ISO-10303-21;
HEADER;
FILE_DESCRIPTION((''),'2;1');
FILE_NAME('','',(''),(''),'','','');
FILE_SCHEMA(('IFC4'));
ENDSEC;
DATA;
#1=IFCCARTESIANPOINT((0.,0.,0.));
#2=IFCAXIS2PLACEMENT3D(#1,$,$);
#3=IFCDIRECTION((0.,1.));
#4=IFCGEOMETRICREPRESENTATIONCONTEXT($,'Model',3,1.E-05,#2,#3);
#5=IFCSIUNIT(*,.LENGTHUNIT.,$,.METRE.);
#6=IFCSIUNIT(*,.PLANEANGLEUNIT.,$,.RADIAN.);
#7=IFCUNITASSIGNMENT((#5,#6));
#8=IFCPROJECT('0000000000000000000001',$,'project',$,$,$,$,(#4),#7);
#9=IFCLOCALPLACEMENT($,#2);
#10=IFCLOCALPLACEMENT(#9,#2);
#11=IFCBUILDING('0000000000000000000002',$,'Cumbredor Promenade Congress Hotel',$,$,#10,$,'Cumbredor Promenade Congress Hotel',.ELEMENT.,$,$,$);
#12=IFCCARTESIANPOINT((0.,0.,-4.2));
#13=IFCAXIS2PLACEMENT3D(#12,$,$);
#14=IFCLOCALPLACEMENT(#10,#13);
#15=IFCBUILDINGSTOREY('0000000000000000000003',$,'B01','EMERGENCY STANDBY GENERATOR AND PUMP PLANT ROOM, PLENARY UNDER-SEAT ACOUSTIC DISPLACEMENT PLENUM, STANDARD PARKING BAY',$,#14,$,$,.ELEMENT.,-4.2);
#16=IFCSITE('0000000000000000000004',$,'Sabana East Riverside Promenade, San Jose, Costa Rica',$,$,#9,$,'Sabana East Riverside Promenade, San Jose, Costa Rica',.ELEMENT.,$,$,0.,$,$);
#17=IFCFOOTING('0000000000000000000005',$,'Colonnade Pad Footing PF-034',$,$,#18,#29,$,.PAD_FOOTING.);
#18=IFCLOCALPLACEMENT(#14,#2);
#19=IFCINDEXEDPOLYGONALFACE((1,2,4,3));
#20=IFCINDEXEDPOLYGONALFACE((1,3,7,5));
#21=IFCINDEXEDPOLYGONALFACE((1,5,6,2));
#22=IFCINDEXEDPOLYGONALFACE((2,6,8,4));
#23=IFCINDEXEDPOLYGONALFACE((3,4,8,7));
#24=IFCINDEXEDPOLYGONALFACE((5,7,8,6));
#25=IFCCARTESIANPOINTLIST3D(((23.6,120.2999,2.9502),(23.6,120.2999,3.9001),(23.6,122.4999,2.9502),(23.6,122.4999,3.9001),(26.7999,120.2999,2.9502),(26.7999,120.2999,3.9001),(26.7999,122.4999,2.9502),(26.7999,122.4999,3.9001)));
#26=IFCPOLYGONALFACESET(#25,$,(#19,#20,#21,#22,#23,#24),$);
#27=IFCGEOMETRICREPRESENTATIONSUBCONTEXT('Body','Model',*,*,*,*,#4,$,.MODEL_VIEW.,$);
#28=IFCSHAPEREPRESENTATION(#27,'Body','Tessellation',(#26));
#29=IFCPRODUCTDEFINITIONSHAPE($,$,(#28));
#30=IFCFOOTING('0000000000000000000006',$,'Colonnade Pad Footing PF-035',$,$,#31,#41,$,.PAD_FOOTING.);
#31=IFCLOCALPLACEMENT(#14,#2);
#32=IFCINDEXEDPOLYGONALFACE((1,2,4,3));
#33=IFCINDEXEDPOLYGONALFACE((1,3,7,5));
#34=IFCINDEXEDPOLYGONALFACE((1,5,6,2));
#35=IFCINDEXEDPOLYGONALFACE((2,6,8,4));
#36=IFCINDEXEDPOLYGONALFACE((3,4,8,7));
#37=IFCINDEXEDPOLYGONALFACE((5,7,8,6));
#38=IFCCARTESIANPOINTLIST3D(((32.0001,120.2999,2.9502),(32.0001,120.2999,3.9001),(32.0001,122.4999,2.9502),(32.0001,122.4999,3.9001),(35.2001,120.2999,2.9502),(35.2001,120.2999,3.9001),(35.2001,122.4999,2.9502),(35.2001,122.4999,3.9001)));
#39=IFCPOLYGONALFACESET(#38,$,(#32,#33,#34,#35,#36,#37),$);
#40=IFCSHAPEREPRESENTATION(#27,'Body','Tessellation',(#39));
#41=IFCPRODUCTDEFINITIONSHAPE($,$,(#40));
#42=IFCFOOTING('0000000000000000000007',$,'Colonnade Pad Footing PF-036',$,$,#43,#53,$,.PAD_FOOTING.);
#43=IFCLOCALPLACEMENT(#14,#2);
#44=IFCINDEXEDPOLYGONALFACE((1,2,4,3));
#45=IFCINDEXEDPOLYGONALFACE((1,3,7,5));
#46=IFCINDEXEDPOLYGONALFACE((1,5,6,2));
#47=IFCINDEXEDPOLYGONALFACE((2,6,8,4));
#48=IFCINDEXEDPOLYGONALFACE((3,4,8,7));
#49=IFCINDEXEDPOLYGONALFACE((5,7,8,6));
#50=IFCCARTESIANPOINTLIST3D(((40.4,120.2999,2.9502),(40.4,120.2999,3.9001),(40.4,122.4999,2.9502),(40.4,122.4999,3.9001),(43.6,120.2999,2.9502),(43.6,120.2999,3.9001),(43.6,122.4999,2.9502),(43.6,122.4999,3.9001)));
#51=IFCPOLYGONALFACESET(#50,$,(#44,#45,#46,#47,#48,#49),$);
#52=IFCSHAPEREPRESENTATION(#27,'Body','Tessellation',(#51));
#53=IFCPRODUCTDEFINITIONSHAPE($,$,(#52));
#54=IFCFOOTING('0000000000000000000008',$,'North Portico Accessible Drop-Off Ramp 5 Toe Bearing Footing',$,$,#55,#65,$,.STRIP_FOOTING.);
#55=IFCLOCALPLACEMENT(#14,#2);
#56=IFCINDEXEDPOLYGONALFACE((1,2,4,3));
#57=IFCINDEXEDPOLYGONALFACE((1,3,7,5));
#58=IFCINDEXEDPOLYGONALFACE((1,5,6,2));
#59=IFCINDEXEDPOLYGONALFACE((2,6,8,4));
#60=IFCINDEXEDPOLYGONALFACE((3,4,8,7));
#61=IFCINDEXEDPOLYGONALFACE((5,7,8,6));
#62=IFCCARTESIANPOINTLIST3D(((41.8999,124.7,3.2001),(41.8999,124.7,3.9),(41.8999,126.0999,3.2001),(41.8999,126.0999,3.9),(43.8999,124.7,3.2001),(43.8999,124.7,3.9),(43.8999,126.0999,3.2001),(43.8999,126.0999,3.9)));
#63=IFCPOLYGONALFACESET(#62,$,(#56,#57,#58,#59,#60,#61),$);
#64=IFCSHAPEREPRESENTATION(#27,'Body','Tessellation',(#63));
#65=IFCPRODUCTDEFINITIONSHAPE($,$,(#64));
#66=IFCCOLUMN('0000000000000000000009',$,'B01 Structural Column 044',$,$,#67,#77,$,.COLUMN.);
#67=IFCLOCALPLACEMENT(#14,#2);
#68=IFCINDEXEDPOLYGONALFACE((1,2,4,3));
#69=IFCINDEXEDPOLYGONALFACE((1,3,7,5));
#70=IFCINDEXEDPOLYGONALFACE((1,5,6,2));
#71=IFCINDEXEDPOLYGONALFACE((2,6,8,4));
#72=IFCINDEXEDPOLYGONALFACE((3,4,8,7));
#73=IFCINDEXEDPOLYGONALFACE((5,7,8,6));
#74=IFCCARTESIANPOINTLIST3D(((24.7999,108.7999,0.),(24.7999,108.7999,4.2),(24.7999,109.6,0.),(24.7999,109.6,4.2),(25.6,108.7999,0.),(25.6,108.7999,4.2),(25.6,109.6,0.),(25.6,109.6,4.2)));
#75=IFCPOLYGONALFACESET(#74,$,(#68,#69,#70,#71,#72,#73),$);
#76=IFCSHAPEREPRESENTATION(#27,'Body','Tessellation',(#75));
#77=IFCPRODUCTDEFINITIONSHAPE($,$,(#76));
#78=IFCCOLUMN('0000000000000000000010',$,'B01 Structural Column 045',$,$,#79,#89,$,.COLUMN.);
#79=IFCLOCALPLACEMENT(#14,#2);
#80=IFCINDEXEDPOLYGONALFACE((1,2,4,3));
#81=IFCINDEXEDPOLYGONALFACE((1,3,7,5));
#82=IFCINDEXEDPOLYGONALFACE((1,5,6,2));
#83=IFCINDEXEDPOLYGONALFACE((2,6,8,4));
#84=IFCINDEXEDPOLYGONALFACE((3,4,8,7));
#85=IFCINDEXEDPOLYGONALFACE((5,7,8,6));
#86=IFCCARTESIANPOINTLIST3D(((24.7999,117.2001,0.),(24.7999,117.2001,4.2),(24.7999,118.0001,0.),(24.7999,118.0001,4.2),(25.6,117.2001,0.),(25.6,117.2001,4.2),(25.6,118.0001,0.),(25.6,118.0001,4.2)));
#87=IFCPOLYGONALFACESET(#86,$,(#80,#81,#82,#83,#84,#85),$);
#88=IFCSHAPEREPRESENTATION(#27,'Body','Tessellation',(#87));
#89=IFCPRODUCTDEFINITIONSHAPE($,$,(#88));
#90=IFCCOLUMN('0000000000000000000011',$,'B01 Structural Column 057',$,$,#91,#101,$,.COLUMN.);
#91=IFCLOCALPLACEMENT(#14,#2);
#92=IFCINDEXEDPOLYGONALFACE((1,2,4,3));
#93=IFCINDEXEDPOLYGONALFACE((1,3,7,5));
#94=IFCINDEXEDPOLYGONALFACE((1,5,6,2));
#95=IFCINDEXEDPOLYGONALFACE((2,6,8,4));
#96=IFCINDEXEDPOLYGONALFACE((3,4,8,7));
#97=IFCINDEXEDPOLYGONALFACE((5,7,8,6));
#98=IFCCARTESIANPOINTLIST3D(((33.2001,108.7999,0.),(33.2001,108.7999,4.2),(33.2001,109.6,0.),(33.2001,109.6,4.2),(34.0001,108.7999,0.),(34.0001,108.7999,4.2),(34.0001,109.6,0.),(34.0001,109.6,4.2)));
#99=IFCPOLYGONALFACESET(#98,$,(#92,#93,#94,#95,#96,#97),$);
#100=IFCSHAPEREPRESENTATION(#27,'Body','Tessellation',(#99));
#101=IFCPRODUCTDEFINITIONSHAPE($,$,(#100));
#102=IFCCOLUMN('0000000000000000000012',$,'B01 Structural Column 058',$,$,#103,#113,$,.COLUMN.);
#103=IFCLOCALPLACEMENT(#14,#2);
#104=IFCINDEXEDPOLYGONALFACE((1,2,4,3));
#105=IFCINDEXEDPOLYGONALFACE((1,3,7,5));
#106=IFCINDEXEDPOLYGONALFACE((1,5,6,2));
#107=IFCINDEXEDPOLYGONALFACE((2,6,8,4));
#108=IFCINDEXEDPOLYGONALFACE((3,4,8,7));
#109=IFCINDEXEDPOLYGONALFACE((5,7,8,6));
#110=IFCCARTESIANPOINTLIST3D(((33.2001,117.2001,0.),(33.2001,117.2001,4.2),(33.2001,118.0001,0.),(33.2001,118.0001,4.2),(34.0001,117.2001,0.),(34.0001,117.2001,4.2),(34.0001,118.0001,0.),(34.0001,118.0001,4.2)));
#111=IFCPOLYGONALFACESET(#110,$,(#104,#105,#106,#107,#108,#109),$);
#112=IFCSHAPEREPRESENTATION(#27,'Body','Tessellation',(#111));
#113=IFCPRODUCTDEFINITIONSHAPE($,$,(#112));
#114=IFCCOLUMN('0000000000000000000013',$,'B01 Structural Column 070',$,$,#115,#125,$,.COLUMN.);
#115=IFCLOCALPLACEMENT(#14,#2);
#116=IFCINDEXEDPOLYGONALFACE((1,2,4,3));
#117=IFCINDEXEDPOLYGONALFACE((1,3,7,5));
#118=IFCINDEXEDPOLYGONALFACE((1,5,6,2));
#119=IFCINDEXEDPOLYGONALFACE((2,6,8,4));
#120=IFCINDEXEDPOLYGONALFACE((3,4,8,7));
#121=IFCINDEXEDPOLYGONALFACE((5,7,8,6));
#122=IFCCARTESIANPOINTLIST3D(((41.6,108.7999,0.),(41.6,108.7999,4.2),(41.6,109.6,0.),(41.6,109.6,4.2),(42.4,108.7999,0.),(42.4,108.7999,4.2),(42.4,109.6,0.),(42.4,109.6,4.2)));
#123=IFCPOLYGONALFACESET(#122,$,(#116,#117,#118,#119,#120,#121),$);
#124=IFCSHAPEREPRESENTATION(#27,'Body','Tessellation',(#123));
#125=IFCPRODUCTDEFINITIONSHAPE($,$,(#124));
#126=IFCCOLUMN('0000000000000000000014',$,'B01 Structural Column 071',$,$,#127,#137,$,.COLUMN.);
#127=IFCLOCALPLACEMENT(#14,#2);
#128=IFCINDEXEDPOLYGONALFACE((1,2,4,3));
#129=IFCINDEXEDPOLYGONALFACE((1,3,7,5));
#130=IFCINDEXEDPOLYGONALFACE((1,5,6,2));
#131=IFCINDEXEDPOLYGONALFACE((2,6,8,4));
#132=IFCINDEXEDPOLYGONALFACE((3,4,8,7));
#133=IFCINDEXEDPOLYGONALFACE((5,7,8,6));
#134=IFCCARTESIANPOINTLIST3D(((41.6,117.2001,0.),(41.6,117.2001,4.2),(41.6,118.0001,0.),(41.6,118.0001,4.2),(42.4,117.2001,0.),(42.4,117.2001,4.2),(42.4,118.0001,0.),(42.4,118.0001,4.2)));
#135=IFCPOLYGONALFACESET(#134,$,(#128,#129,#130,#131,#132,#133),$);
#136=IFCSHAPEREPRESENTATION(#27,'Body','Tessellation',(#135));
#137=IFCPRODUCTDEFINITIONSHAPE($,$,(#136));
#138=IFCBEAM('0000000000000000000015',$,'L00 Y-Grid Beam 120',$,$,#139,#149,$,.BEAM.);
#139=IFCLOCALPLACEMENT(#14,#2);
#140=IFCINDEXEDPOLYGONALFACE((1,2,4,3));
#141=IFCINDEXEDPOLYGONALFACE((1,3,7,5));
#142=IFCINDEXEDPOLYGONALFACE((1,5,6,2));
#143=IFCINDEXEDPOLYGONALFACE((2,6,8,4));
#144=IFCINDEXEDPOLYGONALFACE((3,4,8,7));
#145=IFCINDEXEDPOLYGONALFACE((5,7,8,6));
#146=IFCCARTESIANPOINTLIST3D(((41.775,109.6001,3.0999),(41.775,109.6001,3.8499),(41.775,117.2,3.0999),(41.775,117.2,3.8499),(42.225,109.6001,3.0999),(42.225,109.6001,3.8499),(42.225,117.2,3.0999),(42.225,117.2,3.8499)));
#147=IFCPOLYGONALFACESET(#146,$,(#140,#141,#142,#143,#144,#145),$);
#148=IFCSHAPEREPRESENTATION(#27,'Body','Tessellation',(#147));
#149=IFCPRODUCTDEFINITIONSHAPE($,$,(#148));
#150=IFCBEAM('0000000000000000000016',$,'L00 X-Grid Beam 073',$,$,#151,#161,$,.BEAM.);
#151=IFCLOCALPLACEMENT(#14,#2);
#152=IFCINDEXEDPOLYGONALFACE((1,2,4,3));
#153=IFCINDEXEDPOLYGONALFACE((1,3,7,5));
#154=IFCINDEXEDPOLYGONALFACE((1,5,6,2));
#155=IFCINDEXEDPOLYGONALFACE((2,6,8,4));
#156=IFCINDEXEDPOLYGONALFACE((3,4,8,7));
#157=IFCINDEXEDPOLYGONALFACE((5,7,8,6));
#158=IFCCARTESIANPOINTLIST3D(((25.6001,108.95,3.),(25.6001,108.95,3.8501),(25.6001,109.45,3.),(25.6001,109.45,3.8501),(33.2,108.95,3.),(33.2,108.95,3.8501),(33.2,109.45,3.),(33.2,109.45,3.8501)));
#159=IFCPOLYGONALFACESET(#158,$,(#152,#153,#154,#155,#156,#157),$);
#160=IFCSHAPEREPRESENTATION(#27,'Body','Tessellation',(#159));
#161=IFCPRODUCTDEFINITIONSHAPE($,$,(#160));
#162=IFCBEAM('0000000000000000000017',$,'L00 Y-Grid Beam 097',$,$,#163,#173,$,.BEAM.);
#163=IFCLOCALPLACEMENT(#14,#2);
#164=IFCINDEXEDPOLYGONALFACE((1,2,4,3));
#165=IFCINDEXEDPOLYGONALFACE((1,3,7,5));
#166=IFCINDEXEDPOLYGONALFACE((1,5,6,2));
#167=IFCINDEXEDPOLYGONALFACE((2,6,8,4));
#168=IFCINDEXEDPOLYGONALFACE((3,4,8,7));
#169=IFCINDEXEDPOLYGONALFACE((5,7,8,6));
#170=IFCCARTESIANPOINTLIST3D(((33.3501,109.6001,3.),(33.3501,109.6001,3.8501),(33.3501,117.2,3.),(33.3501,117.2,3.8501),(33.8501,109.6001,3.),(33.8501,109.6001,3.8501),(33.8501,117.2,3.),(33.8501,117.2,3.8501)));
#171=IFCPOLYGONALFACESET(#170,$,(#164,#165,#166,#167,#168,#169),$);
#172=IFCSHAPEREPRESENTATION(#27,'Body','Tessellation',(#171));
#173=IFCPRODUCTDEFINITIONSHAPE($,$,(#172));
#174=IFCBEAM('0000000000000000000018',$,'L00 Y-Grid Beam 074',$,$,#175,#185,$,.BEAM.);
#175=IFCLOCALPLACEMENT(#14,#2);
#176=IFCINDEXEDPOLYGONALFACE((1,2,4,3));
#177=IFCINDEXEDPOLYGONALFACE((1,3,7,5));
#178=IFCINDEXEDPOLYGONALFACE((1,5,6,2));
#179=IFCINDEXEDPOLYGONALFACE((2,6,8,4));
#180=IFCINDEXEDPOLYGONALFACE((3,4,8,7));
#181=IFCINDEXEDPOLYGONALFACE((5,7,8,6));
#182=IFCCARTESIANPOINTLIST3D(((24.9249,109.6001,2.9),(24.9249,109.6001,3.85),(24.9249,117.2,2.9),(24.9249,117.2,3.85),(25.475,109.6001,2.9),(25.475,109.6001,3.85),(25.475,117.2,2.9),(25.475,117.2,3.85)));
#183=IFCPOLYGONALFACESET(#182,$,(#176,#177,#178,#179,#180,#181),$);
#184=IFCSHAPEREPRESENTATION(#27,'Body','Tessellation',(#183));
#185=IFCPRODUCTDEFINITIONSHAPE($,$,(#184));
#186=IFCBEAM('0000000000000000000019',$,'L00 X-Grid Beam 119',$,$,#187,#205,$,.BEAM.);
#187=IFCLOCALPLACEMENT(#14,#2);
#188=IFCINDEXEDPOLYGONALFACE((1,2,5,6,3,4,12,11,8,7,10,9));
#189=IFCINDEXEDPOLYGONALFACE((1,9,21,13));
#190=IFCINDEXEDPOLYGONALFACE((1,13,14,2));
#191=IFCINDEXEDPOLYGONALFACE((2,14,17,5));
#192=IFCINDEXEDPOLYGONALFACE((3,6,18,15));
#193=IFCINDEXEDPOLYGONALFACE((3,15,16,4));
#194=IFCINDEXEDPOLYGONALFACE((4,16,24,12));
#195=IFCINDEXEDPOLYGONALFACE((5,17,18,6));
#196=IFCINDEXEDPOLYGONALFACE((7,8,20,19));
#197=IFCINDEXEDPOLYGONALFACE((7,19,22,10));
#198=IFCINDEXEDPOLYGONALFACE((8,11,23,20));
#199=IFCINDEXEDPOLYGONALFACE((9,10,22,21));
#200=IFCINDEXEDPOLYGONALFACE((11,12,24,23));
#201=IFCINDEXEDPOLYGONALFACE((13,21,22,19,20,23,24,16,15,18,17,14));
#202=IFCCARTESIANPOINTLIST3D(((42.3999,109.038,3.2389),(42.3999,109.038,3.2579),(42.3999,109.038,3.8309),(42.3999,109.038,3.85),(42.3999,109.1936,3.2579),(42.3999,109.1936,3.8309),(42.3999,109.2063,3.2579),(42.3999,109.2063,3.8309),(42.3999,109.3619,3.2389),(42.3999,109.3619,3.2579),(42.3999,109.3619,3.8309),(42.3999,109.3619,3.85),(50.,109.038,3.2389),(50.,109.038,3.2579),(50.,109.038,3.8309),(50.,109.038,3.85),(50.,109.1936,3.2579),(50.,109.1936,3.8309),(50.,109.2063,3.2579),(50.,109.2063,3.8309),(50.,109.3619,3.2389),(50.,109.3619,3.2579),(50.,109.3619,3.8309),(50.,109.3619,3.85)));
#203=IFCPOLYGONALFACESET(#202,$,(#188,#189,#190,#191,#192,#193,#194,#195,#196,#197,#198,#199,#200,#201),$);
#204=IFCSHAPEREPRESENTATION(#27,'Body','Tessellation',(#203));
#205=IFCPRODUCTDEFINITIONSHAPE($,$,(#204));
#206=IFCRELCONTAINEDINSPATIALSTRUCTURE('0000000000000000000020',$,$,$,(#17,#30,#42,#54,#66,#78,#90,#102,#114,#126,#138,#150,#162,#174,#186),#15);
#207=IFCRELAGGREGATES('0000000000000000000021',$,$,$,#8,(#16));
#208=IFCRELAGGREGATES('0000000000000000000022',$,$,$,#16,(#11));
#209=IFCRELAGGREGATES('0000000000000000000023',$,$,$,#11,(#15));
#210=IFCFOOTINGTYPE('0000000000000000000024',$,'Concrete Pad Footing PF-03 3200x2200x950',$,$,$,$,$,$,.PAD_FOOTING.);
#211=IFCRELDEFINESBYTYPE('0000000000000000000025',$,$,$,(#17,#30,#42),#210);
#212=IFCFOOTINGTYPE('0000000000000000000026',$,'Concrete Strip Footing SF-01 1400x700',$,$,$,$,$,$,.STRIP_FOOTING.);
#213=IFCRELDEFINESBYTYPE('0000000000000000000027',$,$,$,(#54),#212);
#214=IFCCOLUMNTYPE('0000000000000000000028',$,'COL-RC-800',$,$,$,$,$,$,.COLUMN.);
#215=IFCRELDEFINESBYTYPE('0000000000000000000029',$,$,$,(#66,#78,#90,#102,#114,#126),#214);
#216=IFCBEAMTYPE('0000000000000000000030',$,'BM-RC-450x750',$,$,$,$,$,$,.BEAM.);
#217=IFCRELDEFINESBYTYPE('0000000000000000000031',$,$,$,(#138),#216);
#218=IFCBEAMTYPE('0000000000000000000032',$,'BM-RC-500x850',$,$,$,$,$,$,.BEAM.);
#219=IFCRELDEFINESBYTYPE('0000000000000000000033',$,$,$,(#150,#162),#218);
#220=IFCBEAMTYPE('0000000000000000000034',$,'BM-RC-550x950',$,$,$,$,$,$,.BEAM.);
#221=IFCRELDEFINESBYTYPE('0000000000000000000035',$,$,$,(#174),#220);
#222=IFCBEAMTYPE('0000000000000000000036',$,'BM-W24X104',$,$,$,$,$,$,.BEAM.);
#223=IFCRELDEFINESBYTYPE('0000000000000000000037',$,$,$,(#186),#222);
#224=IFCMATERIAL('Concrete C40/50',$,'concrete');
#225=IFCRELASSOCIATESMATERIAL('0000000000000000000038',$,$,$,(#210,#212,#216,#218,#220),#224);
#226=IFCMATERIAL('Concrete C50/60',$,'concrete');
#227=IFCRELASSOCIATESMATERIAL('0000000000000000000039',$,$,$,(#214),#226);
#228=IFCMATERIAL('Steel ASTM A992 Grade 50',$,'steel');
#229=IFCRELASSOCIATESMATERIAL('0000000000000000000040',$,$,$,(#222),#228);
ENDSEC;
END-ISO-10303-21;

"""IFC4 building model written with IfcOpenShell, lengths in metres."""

from ifc_helpers import new_model, si_unit, direction, frame, origin, origin_2d, place, context, subcontext, project, spatial, rectangle, i_section, extrude, material, material_profile, profile_set, type_object, element, save


model = new_model("IFC4")

# Units and contexts
model_context = context("Model", 3, precision=1e-05, world=origin(), true_north=direction((0.0, 1.0)))
body_context = subcontext(model_context, "Body", "Model", "MODEL_VIEW")
ifc_project = project(units=[si_unit("LENGTHUNIT", "METRE"), si_unit("PLANEANGLEUNIT", "RADIAN")], contexts=[model_context])

# Site, building, storey
site_placement = place(None, origin())
site = spatial("IfcSite", under=ifc_project, at=site_placement, Name="Sabana East Riverside Promenade, San Jose, Costa Rica", LongName="Sabana East Riverside Promenade, San Jose, Costa Rica", CompositionType="ELEMENT", RefElevation=0.0)
building_placement = place(site_placement, origin())
building = spatial("IfcBuilding", under=site, at=building_placement, Name="Cumbredor Promenade Congress Hotel", LongName="Cumbredor Promenade Congress Hotel", CompositionType="ELEMENT")
storey_placement = place(building_placement, frame((0.0, 0.0, -4.2)))
storey = spatial("IfcBuildingStorey", under=building, at=storey_placement, Name="B01", Description="EMERGENCY STANDBY GENERATOR AND PUMP PLANT ROOM, PLENARY UNDER-SEAT ACOUSTIC DISPLACEMENT PLENUM, STANDARD PARKING BAY", CompositionType="ELEMENT", Elevation=-4.2)

# Footings
ifc_material_1 = material(Name="Concrete C40/50", Category="concrete")
footing_type_1 = type_object("IfcFootingType", Name="Concrete Pad Footing PF-03 3200x2200x950", PredefinedType="PAD_FOOTING", material=ifc_material_1)
for number, where, z_axis, x_axis, name in (
    (1, (25.2, 121.3999, 2.9502), (0.0, 0.0, 1.0), (1.0, 0.0, 0.0), "Colonnade Pad Footing PF-034"),
    (2, (33.6001, 121.3999, 2.9502), (0.0, 0.0, 1.0), (1.0, 0.0, 0.0), "Colonnade Pad Footing PF-035"),
    (3, (42.0, 121.3999, 2.9502), (0.0, 0.0, 1.0), (1.0, 0.0, 0.0), "Colonnade Pad Footing PF-036"),
):
    element("IfcFooting", number, at=place(storey_placement, frame(where, z_axis=z_axis, x_axis=x_axis)), inside=storey, type_object=footing_type_1, Name=name, PredefinedType="PAD_FOOTING", context=body_context, shape_type="SweptSolid", body=[
        extrude(rectangle(XDim=3.2, YDim=2.2, at=origin_2d()), origin(), (0.0, 0.0, 1.0), 0.95),
    ])
ifc_material_profile_1 = material_profile(ifc_material_1, rectangle(XDim=1.3999, YDim=0.7, at=origin_2d()), Name="SF 1400x700")
ifc_profile_set_1 = profile_set([ifc_material_profile_1], Name="Concrete C40/50")
footing_type_2 = type_object("IfcFootingType", Name="Concrete Strip Footing SF-01 1400x700", PredefinedType="STRIP_FOOTING", material=ifc_profile_set_1)
footing_placement = place(storey_placement, frame((41.8999, 125.3999, 3.55), z_axis=(1.0, 0.0, 0.0), x_axis=(0.0, 1.0, 0.0)))
element("IfcFooting", 4, at=footing_placement, inside=storey, type_object=footing_type_2, Name="North Portico Accessible Drop-Off Ramp 5 Toe Bearing Footing", PredefinedType="STRIP_FOOTING", context=body_context, shape_type="SweptSolid", body=[
    extrude(rectangle(XDim=1.3999, YDim=0.7, at=origin_2d()), origin(), (0.0, 0.0, 1.0), 2.0),
])

# Columns
ifc_material_2 = material(Name="Concrete C50/60", Category="concrete")
ifc_material_profile_2 = material_profile(ifc_material_2, rectangle(XDim=0.8, YDim=0.8, at=origin_2d()), Name="RC 800x800")
ifc_profile_set_2 = profile_set([ifc_material_profile_2], Name="Concrete C50/60")
column_type = type_object("IfcColumnType", Name="COL-RC-800", PredefinedType="COLUMN", material=ifc_profile_set_2)
for number, where, z_axis, x_axis, name in (
    (5, (25.2, 109.2, 0.0), (0.0, 0.0, 1.0), (1.0, 0.0, 0.0), "B01 Structural Column 044"),
    (6, (25.2, 117.6001, 0.0), (0.0, 0.0, 1.0), (1.0, 0.0, 0.0), "B01 Structural Column 045"),
    (7, (33.6001, 109.2, 0.0), (0.0, 0.0, 1.0), (1.0, 0.0, 0.0), "B01 Structural Column 057"),
    (8, (33.6001, 117.6001, 0.0), (0.0, 0.0, 1.0), (1.0, 0.0, 0.0), "B01 Structural Column 058"),
    (9, (42.0, 109.2, 0.0), (0.0, 0.0, 1.0), (1.0, 0.0, 0.0), "B01 Structural Column 070"),
    (10, (42.0, 117.6001, 0.0), (0.0, 0.0, 1.0), (1.0, 0.0, 0.0), "B01 Structural Column 071"),
):
    element("IfcColumn", number, at=place(storey_placement, frame(where, z_axis=z_axis, x_axis=x_axis)), inside=storey, type_object=column_type, Name=name, PredefinedType="COLUMN", context=body_context, shape_type="SweptSolid", body=[
        extrude(rectangle(XDim=0.8, YDim=0.8, at=origin_2d()), origin(), (0.0, 0.0, 1.0), 4.2),
    ])

# Beams
ifc_material_profile_3 = material_profile(ifc_material_1, rectangle(XDim=0.45, YDim=0.75, at=origin_2d()), Name="RC BEAM 450x750")
ifc_profile_set_3 = profile_set([ifc_material_profile_3], Name="Concrete C40/50")
beam_type_1 = type_object("IfcBeamType", Name="BM-RC-450x750", PredefinedType="BEAM", material=ifc_profile_set_3)
beam_1_placement = place(storey_placement, frame((42.0, 109.6001, 3.4749), z_axis=(0.0, 1.0, 0.0), x_axis=(-1.0, 0.0, 0.0)))
element("IfcBeam", 11, at=beam_1_placement, inside=storey, type_object=beam_type_1, Name="L00 Y-Grid Beam 120", PredefinedType="BEAM", context=body_context, shape_type="SweptSolid", body=[
    extrude(rectangle(XDim=0.45, YDim=0.75, at=origin_2d()), origin(), (0.0, 0.0, 1.0), 7.5999),
])
ifc_material_profile_4 = material_profile(ifc_material_1, rectangle(XDim=0.5, YDim=0.8501, at=origin_2d()), Name="RC BEAM 500x850")
ifc_profile_set_4 = profile_set([ifc_material_profile_4], Name="Concrete C40/50")
beam_type_2 = type_object("IfcBeamType", Name="BM-RC-500x850", PredefinedType="BEAM", material=ifc_profile_set_4)
for number, where, z_axis, x_axis, name in (
    (12, (25.6001, 109.2, 3.425), (1.0, 0.0, 0.0), (0.0, 1.0, 0.0), "L00 X-Grid Beam 073"),
    (13, (33.6001, 109.6001, 3.425), (0.0, 1.0, 0.0), (-1.0, 0.0, 0.0), "L00 Y-Grid Beam 097"),
):
    element("IfcBeam", number, at=place(storey_placement, frame(where, z_axis=z_axis, x_axis=x_axis)), inside=storey, type_object=beam_type_2, Name=name, PredefinedType="BEAM", context=body_context, shape_type="SweptSolid", body=[
        extrude(rectangle(XDim=0.5, YDim=0.8501, at=origin_2d()), origin(), (0.0, 0.0, 1.0), 7.5999),
    ])
ifc_material_profile_5 = material_profile(ifc_material_1, rectangle(XDim=0.55, YDim=0.95, at=origin_2d()), Name="RC BEAM 550x950")
ifc_profile_set_5 = profile_set([ifc_material_profile_5], Name="Concrete C40/50")
beam_type_3 = type_object("IfcBeamType", Name="BM-RC-550x950", PredefinedType="BEAM", material=ifc_profile_set_5)
beam_2_placement = place(storey_placement, frame((25.2, 109.6001, 3.375), z_axis=(0.0, 1.0, 0.0), x_axis=(-1.0, 0.0, 0.0)))
element("IfcBeam", 14, at=beam_2_placement, inside=storey, type_object=beam_type_3, Name="L00 Y-Grid Beam 074", PredefinedType="BEAM", context=body_context, shape_type="SweptSolid", body=[
    extrude(rectangle(XDim=0.55, YDim=0.95, at=origin_2d()), origin(), (0.0, 0.0, 1.0), 7.5999),
])
ifc_material_3 = material(Name="Steel ASTM A992 Grade 50", Category="steel")
ifc_material_profile_6 = material_profile(ifc_material_3, i_section(OverallWidth=0.324, OverallDepth=0.6111, WebThickness=0.0127, FlangeThickness=0.019, at=origin_2d()), Name="W24X104")
ifc_profile_set_6 = profile_set([ifc_material_profile_6], Name="Steel ASTM A992 Grade 50")
beam_type_4 = type_object("IfcBeamType", Name="BM-W24X104", PredefinedType="BEAM", material=ifc_profile_set_6)
beam_3_placement = place(storey_placement, frame((42.3999, 109.2, 3.5444), z_axis=(1.0, 0.0, 0.0), x_axis=(0.0, 1.0, 0.0)))
element("IfcBeam", 15, at=beam_3_placement, inside=storey, type_object=beam_type_4, Name="L00 X-Grid Beam 119", PredefinedType="BEAM", context=body_context, shape_type="SweptSolid", body=[
    extrude(i_section(OverallWidth=0.324, OverallDepth=0.6111, WebThickness=0.0127, FlangeThickness=0.019, at=origin_2d()), origin(), (0.0, 0.0, 1.0), 7.6001),
])

save(model, "model.ifc")
